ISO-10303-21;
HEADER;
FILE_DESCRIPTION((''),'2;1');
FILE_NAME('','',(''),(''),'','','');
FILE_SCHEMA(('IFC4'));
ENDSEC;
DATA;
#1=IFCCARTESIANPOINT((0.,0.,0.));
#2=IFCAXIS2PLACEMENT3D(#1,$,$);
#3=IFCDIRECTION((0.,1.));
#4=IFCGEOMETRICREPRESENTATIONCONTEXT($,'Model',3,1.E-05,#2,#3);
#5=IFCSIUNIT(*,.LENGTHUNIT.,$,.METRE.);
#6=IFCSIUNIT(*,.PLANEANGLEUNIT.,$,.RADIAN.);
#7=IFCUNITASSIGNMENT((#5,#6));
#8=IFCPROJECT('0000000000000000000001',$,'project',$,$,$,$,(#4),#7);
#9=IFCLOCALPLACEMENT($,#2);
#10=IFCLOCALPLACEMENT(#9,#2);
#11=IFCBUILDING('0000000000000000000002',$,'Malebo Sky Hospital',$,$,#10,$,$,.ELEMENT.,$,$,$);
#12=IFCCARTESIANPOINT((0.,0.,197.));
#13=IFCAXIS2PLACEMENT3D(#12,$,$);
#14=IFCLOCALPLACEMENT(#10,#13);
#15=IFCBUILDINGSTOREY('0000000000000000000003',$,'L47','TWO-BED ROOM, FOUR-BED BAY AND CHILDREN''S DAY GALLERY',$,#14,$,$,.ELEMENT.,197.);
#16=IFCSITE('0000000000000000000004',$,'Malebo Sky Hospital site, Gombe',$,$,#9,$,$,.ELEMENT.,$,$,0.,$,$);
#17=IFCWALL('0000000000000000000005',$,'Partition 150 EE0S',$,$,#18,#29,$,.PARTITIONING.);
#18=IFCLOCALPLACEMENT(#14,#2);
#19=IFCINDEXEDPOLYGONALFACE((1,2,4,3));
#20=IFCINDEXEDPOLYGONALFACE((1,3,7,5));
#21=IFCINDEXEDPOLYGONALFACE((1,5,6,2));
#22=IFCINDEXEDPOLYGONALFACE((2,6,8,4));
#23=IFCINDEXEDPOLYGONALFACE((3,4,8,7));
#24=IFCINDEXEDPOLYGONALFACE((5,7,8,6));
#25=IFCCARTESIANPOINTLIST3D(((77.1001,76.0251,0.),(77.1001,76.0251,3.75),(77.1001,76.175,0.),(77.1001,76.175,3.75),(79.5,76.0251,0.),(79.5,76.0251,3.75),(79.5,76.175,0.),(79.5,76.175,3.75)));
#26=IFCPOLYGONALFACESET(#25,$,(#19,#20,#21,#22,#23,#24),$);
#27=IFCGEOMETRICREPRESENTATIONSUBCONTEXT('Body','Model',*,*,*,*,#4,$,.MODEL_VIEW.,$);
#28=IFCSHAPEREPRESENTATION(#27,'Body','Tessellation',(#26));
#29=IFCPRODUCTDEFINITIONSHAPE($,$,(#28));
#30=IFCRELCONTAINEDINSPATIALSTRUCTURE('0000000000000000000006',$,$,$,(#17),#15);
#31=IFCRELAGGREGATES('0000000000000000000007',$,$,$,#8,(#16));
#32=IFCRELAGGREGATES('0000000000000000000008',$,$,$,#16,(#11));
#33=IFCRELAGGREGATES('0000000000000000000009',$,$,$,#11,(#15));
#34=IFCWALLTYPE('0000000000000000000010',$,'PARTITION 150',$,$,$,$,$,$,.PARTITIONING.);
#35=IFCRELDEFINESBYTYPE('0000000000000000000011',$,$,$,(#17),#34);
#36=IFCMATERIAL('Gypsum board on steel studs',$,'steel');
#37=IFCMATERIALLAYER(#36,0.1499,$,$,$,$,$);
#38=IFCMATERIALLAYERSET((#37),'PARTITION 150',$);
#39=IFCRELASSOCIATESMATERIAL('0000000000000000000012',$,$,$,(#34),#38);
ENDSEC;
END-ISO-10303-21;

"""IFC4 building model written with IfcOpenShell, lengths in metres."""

from ifc_helpers import new_model, si_unit, direction, frame, frame_2d, origin, place, context, subcontext, project, spatial, rectangle, extrude, material, layer, layer_set, type_object, element, save


model = new_model("IFC4")

# Units and contexts
model_context = context("Model", 3, precision=1e-05, world=origin(), true_north=direction((0.0, 1.0)))
body_context = subcontext(model_context, "Body", "Model", "MODEL_VIEW")
ifc_project = project(units=[si_unit("LENGTHUNIT", "METRE"), si_unit("PLANEANGLEUNIT", "RADIAN")], contexts=[model_context])

# Site, building, storey
site_placement = place(None, origin())
site = spatial("IfcSite", under=ifc_project, at=site_placement, Name="Malebo Sky Hospital site, Gombe", CompositionType="ELEMENT", RefElevation=0.0)
building_placement = place(site_placement, origin())
building = spatial("IfcBuilding", under=site, at=building_placement, Name="Malebo Sky Hospital", CompositionType="ELEMENT")
storey_placement = place(building_placement, frame((0.0, 0.0, 197.0)))
storey = spatial("IfcBuildingStorey", under=building, at=storey_placement, Name="L47", Description="TWO-BED ROOM, FOUR-BED BAY AND CHILDREN'S DAY GALLERY", CompositionType="ELEMENT", Elevation=197.0)

# Shared definitions
ifc_material_1 = material(Name="Gypsum board on steel studs", Category="steel")

# Shared definitions
ifc_layer_1 = layer(ifc_material_1, 0.1499)
ifc_layer_set_1 = layer_set([ifc_layer_1], Name="PARTITION 150")
wall_type_1 = type_object("IfcWallType", Name="PARTITION 150", PredefinedType="PARTITIONING", material=ifc_layer_set_1)

# Wall
wall_1_placement = place(storey_placement, frame((77.1001, 76.1001, 0.0), z_axis=(0.0, 0.0, 1.0), x_axis=(1.0, 0.0, 0.0)))
element("IfcWall", 1, at=wall_1_placement, inside=storey, type_object=wall_type_1, Name="Partition 150 EE0S", PredefinedType="PARTITIONING", context=body_context, shape_type="SweptSolid", body=[
    extrude(rectangle(XDim=2.3999, YDim=0.1499, at=frame_2d((1.2, 0.0))), origin(), (0.0, 0.0, 1.0), 3.75),
])

save(model, "model.ifc")
